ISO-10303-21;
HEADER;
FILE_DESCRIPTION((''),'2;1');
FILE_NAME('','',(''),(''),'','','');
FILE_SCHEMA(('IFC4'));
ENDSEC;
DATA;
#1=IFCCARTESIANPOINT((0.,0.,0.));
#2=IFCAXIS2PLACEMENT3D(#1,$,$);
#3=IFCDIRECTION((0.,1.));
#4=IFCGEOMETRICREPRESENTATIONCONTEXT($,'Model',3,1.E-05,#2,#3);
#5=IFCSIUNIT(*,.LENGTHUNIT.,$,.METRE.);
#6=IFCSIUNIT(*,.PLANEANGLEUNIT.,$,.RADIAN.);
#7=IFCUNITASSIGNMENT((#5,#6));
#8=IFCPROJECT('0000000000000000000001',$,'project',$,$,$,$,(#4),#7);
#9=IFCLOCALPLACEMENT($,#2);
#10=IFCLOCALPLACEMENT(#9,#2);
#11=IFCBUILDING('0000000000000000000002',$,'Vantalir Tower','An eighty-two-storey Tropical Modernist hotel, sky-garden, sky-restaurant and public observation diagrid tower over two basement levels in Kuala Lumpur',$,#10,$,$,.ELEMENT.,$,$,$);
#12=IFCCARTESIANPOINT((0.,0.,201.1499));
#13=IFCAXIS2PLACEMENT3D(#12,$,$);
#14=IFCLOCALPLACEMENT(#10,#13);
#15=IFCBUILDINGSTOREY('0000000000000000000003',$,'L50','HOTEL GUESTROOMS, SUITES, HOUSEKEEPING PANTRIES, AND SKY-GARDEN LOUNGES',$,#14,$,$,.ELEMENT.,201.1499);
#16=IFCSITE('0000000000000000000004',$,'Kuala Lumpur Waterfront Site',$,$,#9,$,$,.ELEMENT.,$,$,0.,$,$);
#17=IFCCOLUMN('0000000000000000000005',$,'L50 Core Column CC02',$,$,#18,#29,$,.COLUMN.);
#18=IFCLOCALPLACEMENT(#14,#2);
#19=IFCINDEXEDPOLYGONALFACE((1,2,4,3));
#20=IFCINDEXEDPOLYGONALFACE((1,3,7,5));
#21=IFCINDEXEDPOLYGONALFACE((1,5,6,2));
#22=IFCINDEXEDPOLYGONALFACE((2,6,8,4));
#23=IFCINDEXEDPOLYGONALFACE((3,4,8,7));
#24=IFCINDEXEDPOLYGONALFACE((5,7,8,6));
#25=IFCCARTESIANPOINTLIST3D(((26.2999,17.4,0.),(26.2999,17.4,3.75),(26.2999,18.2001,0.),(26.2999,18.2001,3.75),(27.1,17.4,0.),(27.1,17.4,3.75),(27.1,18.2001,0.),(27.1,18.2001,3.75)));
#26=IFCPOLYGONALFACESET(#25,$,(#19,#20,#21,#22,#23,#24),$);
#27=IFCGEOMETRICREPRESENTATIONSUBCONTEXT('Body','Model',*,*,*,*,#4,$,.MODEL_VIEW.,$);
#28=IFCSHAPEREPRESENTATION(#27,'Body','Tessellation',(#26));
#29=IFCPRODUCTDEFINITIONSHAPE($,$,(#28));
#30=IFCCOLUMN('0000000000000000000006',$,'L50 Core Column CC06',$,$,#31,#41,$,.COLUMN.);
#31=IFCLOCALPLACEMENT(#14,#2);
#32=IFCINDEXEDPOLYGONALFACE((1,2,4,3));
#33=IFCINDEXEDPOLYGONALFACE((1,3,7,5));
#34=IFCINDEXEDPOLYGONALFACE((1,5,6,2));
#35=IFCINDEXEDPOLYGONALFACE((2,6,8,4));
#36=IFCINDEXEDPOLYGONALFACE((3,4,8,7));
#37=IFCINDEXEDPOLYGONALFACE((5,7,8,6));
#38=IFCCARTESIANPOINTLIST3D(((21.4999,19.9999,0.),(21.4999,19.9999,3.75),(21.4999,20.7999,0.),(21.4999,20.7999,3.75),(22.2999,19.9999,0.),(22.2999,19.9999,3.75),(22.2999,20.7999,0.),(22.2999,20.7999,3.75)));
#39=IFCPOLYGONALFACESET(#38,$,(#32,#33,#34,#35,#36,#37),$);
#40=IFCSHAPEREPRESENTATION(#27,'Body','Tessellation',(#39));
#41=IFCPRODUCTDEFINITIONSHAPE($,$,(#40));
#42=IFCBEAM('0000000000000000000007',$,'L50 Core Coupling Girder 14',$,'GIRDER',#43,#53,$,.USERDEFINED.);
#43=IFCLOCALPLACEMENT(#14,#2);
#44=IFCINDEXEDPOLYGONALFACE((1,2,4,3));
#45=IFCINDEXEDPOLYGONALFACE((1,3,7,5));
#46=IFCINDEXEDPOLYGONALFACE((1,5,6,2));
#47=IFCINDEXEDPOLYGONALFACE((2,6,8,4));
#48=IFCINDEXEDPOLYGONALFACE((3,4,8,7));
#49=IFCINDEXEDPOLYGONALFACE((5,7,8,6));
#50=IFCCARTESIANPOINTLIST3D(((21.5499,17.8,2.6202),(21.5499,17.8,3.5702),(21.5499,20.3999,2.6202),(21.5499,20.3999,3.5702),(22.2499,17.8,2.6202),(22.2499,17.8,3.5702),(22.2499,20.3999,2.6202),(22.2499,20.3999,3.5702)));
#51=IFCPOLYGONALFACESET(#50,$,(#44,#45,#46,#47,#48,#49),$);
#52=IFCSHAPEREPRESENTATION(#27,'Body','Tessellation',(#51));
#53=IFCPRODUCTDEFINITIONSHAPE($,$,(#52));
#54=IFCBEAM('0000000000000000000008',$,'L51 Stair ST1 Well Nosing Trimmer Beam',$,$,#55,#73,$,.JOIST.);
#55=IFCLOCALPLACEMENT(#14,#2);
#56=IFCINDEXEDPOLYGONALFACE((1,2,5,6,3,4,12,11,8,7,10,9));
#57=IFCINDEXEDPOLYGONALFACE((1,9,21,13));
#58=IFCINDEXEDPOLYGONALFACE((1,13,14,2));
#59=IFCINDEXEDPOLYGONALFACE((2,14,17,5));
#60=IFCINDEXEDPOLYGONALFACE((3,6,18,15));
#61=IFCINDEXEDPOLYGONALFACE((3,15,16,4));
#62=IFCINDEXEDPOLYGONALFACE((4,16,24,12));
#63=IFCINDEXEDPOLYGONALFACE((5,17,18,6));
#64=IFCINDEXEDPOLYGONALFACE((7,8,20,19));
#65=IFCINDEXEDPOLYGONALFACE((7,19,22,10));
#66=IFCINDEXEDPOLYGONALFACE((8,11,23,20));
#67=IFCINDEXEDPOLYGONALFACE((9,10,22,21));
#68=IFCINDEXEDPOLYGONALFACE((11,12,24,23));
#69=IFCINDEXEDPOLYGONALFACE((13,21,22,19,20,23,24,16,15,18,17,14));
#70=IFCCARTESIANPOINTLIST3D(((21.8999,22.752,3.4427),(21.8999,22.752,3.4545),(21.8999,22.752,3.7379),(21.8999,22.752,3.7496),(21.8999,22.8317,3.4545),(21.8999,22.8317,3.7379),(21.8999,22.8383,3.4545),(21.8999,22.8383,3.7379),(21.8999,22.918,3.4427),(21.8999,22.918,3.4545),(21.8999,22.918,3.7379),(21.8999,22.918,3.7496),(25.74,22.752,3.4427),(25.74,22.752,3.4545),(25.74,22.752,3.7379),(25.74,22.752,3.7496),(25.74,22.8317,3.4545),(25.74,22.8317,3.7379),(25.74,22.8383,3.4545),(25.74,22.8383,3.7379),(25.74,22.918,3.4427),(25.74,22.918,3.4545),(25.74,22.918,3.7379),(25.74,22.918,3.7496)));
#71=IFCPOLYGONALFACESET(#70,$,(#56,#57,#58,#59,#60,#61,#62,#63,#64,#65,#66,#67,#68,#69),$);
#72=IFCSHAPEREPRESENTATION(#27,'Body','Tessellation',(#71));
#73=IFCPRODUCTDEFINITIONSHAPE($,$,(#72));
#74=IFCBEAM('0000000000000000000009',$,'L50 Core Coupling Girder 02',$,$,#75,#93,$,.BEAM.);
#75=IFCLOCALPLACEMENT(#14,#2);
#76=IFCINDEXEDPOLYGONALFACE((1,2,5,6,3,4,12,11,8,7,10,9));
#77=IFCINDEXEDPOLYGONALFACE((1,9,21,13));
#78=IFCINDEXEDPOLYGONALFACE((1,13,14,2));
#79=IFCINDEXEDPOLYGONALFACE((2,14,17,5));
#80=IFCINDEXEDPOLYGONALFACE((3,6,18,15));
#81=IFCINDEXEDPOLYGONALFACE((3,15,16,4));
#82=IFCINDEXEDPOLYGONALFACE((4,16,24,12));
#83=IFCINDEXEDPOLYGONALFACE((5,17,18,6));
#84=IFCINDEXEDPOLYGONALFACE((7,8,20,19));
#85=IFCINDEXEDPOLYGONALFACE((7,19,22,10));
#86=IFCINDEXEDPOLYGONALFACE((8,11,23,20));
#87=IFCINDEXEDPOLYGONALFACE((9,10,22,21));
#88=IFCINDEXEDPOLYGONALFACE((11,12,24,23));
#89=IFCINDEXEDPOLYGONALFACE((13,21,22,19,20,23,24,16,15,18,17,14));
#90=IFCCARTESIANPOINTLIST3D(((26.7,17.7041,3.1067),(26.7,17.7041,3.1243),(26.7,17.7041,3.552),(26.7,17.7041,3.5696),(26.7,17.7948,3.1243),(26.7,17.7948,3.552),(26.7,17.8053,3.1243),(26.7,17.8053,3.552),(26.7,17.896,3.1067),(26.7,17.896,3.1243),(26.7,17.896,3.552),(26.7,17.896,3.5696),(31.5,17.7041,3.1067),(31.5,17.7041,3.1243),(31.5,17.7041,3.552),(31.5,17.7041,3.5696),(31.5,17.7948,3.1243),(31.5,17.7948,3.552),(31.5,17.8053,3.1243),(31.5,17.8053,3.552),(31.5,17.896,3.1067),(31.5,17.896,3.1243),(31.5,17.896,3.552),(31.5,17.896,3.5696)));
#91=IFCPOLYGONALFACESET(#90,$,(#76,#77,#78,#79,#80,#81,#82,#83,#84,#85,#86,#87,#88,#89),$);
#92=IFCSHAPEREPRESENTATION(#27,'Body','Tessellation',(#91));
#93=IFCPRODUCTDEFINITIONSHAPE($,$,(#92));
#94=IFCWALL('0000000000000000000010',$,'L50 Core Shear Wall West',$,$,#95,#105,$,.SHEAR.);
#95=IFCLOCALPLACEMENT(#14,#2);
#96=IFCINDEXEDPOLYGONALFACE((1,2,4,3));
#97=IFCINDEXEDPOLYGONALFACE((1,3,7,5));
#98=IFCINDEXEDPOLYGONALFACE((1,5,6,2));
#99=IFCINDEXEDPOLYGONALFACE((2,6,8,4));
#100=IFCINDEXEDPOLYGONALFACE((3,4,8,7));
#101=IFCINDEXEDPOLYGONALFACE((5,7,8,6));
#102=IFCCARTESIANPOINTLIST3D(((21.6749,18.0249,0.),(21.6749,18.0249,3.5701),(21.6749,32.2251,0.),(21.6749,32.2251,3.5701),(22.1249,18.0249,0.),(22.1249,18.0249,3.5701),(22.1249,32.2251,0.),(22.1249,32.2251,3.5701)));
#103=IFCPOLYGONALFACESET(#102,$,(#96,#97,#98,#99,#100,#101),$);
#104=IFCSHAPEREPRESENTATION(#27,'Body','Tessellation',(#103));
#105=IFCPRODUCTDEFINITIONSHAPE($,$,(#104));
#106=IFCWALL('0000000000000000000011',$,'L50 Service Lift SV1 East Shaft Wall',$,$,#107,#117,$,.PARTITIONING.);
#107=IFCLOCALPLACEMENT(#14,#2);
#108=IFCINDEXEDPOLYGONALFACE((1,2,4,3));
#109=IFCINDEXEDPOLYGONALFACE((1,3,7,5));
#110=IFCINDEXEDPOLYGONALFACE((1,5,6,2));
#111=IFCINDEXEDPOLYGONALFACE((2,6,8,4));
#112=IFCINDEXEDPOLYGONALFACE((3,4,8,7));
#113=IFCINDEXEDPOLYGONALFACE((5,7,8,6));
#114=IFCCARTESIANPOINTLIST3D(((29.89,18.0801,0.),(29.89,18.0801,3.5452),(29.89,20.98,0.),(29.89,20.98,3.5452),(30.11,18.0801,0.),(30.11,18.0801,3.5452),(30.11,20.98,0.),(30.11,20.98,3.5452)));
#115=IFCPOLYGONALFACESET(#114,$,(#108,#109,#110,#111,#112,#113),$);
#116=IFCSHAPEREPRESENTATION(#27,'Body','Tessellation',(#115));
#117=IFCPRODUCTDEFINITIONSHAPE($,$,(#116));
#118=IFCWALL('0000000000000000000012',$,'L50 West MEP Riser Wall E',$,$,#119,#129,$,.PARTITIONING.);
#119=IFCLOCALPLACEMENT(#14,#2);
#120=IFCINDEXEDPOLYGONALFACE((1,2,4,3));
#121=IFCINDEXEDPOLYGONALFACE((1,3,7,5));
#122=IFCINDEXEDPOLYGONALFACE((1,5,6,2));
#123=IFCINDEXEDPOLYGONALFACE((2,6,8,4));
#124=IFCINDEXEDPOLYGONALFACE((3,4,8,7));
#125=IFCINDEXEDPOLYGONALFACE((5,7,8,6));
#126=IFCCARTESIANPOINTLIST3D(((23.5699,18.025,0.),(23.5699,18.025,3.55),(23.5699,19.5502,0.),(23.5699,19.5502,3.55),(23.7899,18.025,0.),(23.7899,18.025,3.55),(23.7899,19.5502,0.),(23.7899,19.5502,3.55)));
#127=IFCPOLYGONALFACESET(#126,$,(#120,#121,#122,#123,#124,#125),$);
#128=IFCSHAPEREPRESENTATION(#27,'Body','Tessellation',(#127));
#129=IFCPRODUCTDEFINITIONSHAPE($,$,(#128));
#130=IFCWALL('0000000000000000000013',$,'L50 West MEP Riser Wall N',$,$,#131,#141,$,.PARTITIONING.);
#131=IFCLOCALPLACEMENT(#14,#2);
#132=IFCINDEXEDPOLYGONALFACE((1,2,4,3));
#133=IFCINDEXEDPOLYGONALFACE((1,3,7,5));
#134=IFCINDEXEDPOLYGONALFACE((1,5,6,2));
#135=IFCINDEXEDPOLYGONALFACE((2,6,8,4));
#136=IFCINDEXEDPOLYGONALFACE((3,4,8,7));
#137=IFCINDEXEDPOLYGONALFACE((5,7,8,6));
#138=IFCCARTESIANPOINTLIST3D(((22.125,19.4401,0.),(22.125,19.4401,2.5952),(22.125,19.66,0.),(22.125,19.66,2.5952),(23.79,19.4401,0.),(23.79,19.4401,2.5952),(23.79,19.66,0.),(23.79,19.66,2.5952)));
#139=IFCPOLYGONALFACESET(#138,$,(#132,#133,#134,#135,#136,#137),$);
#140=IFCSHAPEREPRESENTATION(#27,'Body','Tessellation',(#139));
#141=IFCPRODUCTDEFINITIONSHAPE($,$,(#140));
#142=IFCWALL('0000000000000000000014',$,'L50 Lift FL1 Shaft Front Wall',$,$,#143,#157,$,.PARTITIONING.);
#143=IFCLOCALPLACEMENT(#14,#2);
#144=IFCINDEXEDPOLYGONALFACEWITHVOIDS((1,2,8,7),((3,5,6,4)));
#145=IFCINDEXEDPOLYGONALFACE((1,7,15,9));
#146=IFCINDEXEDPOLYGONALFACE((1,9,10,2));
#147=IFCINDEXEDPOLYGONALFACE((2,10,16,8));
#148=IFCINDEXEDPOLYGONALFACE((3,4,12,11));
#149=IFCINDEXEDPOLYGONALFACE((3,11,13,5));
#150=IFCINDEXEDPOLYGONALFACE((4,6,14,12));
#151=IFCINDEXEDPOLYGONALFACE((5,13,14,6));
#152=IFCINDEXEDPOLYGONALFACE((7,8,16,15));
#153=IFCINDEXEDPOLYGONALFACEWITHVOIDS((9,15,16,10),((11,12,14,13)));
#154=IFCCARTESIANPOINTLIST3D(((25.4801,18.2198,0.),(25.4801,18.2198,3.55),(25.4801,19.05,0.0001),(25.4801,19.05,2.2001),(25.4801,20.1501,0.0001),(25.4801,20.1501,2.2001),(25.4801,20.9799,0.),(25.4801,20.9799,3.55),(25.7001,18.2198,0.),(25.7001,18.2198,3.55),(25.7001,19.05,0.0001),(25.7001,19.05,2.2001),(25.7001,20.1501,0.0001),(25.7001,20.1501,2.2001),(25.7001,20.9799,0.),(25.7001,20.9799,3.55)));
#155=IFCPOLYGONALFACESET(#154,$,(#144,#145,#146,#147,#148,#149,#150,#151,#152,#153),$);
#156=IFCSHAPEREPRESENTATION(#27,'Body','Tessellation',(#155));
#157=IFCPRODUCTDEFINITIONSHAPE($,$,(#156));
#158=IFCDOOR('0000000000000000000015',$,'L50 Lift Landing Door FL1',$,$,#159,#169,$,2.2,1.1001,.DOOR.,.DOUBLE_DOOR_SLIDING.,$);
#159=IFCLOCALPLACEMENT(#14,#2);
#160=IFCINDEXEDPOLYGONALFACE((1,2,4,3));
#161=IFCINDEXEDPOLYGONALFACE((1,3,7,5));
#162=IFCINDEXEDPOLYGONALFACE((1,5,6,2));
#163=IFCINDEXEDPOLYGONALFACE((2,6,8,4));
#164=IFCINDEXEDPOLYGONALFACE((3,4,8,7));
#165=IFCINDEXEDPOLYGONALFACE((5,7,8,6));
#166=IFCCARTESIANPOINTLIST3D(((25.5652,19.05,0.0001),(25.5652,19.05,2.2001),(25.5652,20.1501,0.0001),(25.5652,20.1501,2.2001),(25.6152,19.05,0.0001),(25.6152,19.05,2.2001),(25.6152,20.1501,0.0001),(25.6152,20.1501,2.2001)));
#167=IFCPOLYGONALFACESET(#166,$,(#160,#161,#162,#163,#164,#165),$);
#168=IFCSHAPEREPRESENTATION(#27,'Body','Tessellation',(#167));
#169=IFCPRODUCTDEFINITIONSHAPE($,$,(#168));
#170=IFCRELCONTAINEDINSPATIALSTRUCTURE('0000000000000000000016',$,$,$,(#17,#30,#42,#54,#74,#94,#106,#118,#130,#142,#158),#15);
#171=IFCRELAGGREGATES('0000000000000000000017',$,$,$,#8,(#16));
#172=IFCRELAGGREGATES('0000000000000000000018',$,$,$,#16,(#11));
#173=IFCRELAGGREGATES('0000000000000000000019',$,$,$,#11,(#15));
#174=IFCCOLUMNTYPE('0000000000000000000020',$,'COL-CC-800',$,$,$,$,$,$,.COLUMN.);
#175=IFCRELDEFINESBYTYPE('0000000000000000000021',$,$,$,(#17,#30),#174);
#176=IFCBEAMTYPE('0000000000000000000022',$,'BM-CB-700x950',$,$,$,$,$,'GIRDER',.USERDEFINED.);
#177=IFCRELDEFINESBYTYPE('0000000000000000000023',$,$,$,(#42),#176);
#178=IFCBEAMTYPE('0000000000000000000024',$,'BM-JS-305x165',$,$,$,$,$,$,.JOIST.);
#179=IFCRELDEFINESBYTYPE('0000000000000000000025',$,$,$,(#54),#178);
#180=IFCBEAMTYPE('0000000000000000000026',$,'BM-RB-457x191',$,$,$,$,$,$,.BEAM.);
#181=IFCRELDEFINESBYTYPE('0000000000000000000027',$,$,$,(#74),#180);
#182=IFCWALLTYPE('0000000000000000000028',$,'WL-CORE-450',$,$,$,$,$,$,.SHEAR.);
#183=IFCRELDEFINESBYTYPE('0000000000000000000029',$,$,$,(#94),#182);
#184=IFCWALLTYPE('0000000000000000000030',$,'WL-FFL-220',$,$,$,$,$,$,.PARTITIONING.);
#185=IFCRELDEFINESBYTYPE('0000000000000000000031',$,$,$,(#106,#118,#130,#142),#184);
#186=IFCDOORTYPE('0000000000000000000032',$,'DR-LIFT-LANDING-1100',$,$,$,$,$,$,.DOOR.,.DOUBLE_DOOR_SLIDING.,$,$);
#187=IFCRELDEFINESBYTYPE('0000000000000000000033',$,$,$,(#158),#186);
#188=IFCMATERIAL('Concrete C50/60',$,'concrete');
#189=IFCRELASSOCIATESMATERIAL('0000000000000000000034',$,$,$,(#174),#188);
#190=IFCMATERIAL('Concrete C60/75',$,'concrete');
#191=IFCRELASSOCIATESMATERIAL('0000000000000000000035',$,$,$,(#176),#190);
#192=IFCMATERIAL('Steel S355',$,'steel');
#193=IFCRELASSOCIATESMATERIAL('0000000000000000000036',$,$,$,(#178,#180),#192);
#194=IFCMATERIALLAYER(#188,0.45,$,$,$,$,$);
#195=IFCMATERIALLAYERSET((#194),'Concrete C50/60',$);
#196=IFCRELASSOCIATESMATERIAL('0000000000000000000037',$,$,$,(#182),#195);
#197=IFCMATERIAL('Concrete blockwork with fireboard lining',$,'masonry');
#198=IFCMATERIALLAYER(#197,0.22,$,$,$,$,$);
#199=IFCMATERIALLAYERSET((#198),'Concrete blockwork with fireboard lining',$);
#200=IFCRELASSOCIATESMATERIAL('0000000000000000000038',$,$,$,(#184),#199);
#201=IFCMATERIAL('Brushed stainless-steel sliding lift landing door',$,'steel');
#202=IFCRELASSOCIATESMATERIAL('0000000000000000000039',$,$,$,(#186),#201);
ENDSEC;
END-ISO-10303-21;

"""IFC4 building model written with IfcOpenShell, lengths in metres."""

from ifc_helpers import new_model, si_unit, direction, frame, frame_2d, origin, origin_2d, place, context, subcontext, project, spatial, rectangle, i_section, extrude, material, layer, layer_set, material_profile, profile_set, type_object, element, fill, save


model = new_model("IFC4")

# Units and contexts
model_context = context("Model", 3, precision=1e-05, world=origin(), true_north=direction((0.0, 1.0)))
body_context = subcontext(model_context, "Body", "Model", "MODEL_VIEW")
ifc_project = project(units=[si_unit("LENGTHUNIT", "METRE"), si_unit("PLANEANGLEUNIT", "RADIAN")], contexts=[model_context])

# Site, building, storey
site_placement = place(None, origin())
site = spatial("IfcSite", under=ifc_project, at=site_placement, Name="Kuala Lumpur Waterfront Site", CompositionType="ELEMENT", RefElevation=0.0)
building_placement = place(site_placement, origin())
building = spatial("IfcBuilding", under=site, at=building_placement, Name="Vantalir Tower", Description="An eighty-two-storey Tropical Modernist hotel, sky-garden, sky-restaurant and public observation diagrid tower over two basement levels in Kuala Lumpur", CompositionType="ELEMENT")
storey_placement = place(building_placement, frame((0.0, 0.0, 201.1499)))
storey = spatial("IfcBuildingStorey", under=building, at=storey_placement, Name="L50", Description="HOTEL GUESTROOMS, SUITES, HOUSEKEEPING PANTRIES, AND SKY-GARDEN LOUNGES", CompositionType="ELEMENT", Elevation=201.1499)

# Columns
ifc_material_1 = material(Name="Concrete C50/60", Category="concrete")
ifc_material_profile_1 = material_profile(ifc_material_1, rectangle(XDim=0.8, YDim=0.8, at=origin_2d()), Name="Concrete C50/60")
ifc_profile_set_1 = profile_set([ifc_material_profile_1], Name="Concrete C50/60")
column_type = type_object("IfcColumnType", Name="COL-CC-800", PredefinedType="COLUMN", material=ifc_profile_set_1)
for number, where, z_axis, x_axis, name in (
    (1, (26.7, 17.8, 0.0), (0.0, 0.0, 1.0), (1.0, 0.0, 0.0), "L50 Core Column CC02"),
    (2, (21.8999, 20.3999, 0.0), (0.0, 0.0, 1.0), (1.0, 0.0, 0.0), "L50 Core Column CC06"),
):
    element("IfcColumn", number, at=place(storey_placement, frame(where, z_axis=z_axis, x_axis=x_axis)), inside=storey, type_object=column_type, Name=name, PredefinedType="COLUMN", context=body_context, shape_type="SweptSolid", body=[
        extrude(rectangle(XDim=0.8, YDim=0.8, at=origin_2d()), origin(), (0.0, 0.0, 1.0), 3.75),
    ])

# Beams
ifc_material_2 = material(Name="Concrete C60/75", Category="concrete")
ifc_material_profile_2 = material_profile(ifc_material_2, rectangle(XDim=0.7, YDim=0.95, at=origin_2d()), Name="Concrete C60/75")
ifc_profile_set_2 = profile_set([ifc_material_profile_2], Name="Concrete C60/75")
beam_type_1 = type_object("IfcBeamType", Name="BM-CB-700x950", ElementType="GIRDER", PredefinedType="USERDEFINED", material=ifc_profile_set_2)
beam_1_placement = place(storey_placement, frame((21.8999, 20.3999, 3.0952), z_axis=(0.0, -1.0, 0.0), x_axis=(1.0, 0.0, 0.0)))
element("IfcBeam", 3, at=beam_1_placement, inside=storey, type_object=beam_type_1, Name="L50 Core Coupling Girder 14", ObjectType="GIRDER", PredefinedType="USERDEFINED", context=body_context, shape_type="SweptSolid", body=[
    extrude(rectangle(XDim=0.7, YDim=0.95, at=origin_2d()), origin(), (0.0, 0.0, 1.0), 2.5999),
])
ifc_material_3 = material(Name="Steel S355", Category="steel")
ifc_material_profile_3 = material_profile(ifc_material_3, i_section(OverallWidth=0.166, OverallDepth=0.3069, WebThickness=0.0066, FlangeThickness=0.0117, at=origin_2d()), Name="Steel S355")
ifc_profile_set_3 = profile_set([ifc_material_profile_3], Name="Steel S355")
beam_type_2 = type_object("IfcBeamType", Name="BM-JS-305x165", PredefinedType="JOIST", material=ifc_profile_set_3)
beam_2_placement = place(storey_placement, frame((21.8999, 22.835, 3.5962), z_axis=(1.0, 0.0, 0.0), x_axis=(0.0, 1.0, 0.0)))
element("IfcBeam", 4, at=beam_2_placement, inside=storey, type_object=beam_type_2, Name="L51 Stair ST1 Well Nosing Trimmer Beam", PredefinedType="JOIST", context=body_context, shape_type="SweptSolid", body=[
    extrude(i_section(OverallWidth=0.166, OverallDepth=0.3069, WebThickness=0.0066, FlangeThickness=0.0117, at=origin_2d()), origin(), (0.0, 0.0, 1.0), 3.8401),
])
ifc_material_profile_4 = material_profile(ifc_material_3, i_section(OverallWidth=0.1919, OverallDepth=0.4629, WebThickness=0.0105, FlangeThickness=0.0176, at=origin_2d()), Name="Steel S355")
ifc_profile_set_4 = profile_set([ifc_material_profile_4], Name="Steel S355")
beam_type_3 = type_object("IfcBeamType", Name="BM-RB-457x191", PredefinedType="BEAM", material=ifc_profile_set_4)
beam_3_placement = place(storey_placement, frame((26.7, 17.8, 3.3381), z_axis=(1.0, 0.0, 0.0), x_axis=(0.0, 1.0, 0.0)))
element("IfcBeam", 5, at=beam_3_placement, inside=storey, type_object=beam_type_3, Name="L50 Core Coupling Girder 02", PredefinedType="BEAM", context=body_context, shape_type="SweptSolid", body=[
    extrude(i_section(OverallWidth=0.1919, OverallDepth=0.4629, WebThickness=0.0105, FlangeThickness=0.0176, at=origin_2d()), origin(), (0.0, 0.0, 1.0), 4.8),
])

# Walls
ifc_layer_1 = layer(ifc_material_1, 0.45)
ifc_layer_set_1 = layer_set([ifc_layer_1], Name="Concrete C50/60")
wall_type_1 = type_object("IfcWallType", Name="WL-CORE-450", PredefinedType="SHEAR", material=ifc_layer_set_1)
wall_1_placement = place(storey_placement, frame((21.8999, 18.0249, 0.0), z_axis=(0.0, 0.0, 1.0), x_axis=(0.0, 1.0, 0.0)))
element("IfcWall", 6, at=wall_1_placement, inside=storey, type_object=wall_type_1, Name="L50 Core Shear Wall West", PredefinedType="SHEAR", context=body_context, shape_type="SweptSolid", body=[
    extrude(rectangle(XDim=14.2002, YDim=0.45, at=frame_2d((7.1001, 0.0))), origin(), (0.0, 0.0, 1.0), 3.5701),
])
ifc_material_4 = material(Name="Concrete blockwork with fireboard lining", Category="masonry")
ifc_layer_2 = layer(ifc_material_4, 0.22)
ifc_layer_set_2 = layer_set([ifc_layer_2], Name="Concrete blockwork with fireboard lining")
wall_type_2 = type_object("IfcWallType", Name="WL-FFL-220", PredefinedType="PARTITIONING", material=ifc_layer_set_2)
wall_2_placement = place(storey_placement, frame((30.0, 18.0801, 0.0), z_axis=(0.0, 0.0, 1.0), x_axis=(0.0, 1.0, 0.0)))
element("IfcWall", 7, at=wall_2_placement, inside=storey, type_object=wall_type_2, Name="L50 Service Lift SV1 East Shaft Wall", PredefinedType="PARTITIONING", context=body_context, shape_type="SweptSolid", body=[
    extrude(rectangle(XDim=2.8999, YDim=0.22, at=frame_2d((1.45, 0.0))), origin(), (0.0, 0.0, 1.0), 3.5452),
])
wall_3_placement = place(storey_placement, frame((23.6799, 18.0249, 0.0), z_axis=(0.0, 0.0, 1.0), x_axis=(0.0, 1.0, 0.0)))
element("IfcWall", 8, at=wall_3_placement, inside=storey, type_object=wall_type_2, Name="L50 West MEP Riser Wall E", PredefinedType="PARTITIONING", context=body_context, shape_type="SweptSolid", body=[
    extrude(rectangle(XDim=1.5251, YDim=0.22, at=frame_2d((0.7627, 0.0))), origin(), (0.0, 0.0, 1.0), 3.55),
])
wall_4_placement = place(storey_placement, frame((22.125, 19.55, 0.0), z_axis=(0.0, 0.0, 1.0), x_axis=(1.0, 0.0, 0.0)))
element("IfcWall", 9, at=wall_4_placement, inside=storey, type_object=wall_type_2, Name="L50 West MEP Riser Wall N", PredefinedType="PARTITIONING", context=body_context, shape_type="SweptSolid", body=[
    extrude(rectangle(XDim=1.665, YDim=0.22, at=frame_2d((0.8325, 0.0))), origin(), (0.0, 0.0, 1.0), 2.5952),
])

# Wall, opening, door
wall_5_placement = place(storey_placement, frame((25.5901, 18.22, 0.0), z_axis=(0.0, 0.0, 1.0), x_axis=(0.0, 1.0, 0.0)))
wall_5 = element("IfcWall", 10, at=wall_5_placement, inside=storey, type_object=wall_type_2, Name="L50 Lift FL1 Shaft Front Wall", PredefinedType="PARTITIONING", context=body_context, shape_type="SweptSolid", body=[
    extrude(rectangle(XDim=2.76, YDim=0.22, at=frame_2d((1.3799, 0.0))), origin(), (0.0, 0.0, 1.0), 3.55),
])
opening_1_placement = place(wall_5_placement, frame((0.8301, 0.0, 0.0)))
opening_1 = element("IfcOpeningElement", 11, at=opening_1_placement, cuts=wall_5, PredefinedType="OPENING", context=body_context, shape_type="SweptSolid", body=[
    extrude(rectangle(XDim=1.1001, YDim=2.2, at=frame_2d((0.55, 1.1001))), frame((0.0, 0.1199, 0.0), z_axis=(0.0, -1.0, 0.0), x_axis=(1.0, 0.0, 0.0)), (0.0, 0.0, 1.0), 0.24),
])
ifc_material_5 = material(Name="Brushed stainless-steel sliding lift landing door", Category="steel")
door_type_1 = type_object("IfcDoorType", Name="DR-LIFT-LANDING-1100", OperationType="DOUBLE_DOOR_SLIDING", PredefinedType="DOOR", material=ifc_material_5)
door_1_placement = place(opening_1_placement, origin())
door_1 = element("IfcDoor", 12, at=door_1_placement, inside=storey, type_object=door_type_1, Name="L50 Lift Landing Door FL1", OperationType="DOUBLE_DOOR_SLIDING", OverallHeight=2.2, OverallWidth=1.1001, PredefinedType="DOOR", context=body_context, shape_type="SweptSolid", body=[
    extrude(rectangle(XDim=1.1001, YDim=2.2, at=frame_2d((0.55, 1.1001))), frame((0.0, 0.0249, 0.0), z_axis=(0.0, -1.0, 0.0), x_axis=(1.0, 0.0, 0.0)), (0.0, 0.0, 1.0), 0.05),
])
fill(opening_1, door_1)

save(model, "model.ifc")
